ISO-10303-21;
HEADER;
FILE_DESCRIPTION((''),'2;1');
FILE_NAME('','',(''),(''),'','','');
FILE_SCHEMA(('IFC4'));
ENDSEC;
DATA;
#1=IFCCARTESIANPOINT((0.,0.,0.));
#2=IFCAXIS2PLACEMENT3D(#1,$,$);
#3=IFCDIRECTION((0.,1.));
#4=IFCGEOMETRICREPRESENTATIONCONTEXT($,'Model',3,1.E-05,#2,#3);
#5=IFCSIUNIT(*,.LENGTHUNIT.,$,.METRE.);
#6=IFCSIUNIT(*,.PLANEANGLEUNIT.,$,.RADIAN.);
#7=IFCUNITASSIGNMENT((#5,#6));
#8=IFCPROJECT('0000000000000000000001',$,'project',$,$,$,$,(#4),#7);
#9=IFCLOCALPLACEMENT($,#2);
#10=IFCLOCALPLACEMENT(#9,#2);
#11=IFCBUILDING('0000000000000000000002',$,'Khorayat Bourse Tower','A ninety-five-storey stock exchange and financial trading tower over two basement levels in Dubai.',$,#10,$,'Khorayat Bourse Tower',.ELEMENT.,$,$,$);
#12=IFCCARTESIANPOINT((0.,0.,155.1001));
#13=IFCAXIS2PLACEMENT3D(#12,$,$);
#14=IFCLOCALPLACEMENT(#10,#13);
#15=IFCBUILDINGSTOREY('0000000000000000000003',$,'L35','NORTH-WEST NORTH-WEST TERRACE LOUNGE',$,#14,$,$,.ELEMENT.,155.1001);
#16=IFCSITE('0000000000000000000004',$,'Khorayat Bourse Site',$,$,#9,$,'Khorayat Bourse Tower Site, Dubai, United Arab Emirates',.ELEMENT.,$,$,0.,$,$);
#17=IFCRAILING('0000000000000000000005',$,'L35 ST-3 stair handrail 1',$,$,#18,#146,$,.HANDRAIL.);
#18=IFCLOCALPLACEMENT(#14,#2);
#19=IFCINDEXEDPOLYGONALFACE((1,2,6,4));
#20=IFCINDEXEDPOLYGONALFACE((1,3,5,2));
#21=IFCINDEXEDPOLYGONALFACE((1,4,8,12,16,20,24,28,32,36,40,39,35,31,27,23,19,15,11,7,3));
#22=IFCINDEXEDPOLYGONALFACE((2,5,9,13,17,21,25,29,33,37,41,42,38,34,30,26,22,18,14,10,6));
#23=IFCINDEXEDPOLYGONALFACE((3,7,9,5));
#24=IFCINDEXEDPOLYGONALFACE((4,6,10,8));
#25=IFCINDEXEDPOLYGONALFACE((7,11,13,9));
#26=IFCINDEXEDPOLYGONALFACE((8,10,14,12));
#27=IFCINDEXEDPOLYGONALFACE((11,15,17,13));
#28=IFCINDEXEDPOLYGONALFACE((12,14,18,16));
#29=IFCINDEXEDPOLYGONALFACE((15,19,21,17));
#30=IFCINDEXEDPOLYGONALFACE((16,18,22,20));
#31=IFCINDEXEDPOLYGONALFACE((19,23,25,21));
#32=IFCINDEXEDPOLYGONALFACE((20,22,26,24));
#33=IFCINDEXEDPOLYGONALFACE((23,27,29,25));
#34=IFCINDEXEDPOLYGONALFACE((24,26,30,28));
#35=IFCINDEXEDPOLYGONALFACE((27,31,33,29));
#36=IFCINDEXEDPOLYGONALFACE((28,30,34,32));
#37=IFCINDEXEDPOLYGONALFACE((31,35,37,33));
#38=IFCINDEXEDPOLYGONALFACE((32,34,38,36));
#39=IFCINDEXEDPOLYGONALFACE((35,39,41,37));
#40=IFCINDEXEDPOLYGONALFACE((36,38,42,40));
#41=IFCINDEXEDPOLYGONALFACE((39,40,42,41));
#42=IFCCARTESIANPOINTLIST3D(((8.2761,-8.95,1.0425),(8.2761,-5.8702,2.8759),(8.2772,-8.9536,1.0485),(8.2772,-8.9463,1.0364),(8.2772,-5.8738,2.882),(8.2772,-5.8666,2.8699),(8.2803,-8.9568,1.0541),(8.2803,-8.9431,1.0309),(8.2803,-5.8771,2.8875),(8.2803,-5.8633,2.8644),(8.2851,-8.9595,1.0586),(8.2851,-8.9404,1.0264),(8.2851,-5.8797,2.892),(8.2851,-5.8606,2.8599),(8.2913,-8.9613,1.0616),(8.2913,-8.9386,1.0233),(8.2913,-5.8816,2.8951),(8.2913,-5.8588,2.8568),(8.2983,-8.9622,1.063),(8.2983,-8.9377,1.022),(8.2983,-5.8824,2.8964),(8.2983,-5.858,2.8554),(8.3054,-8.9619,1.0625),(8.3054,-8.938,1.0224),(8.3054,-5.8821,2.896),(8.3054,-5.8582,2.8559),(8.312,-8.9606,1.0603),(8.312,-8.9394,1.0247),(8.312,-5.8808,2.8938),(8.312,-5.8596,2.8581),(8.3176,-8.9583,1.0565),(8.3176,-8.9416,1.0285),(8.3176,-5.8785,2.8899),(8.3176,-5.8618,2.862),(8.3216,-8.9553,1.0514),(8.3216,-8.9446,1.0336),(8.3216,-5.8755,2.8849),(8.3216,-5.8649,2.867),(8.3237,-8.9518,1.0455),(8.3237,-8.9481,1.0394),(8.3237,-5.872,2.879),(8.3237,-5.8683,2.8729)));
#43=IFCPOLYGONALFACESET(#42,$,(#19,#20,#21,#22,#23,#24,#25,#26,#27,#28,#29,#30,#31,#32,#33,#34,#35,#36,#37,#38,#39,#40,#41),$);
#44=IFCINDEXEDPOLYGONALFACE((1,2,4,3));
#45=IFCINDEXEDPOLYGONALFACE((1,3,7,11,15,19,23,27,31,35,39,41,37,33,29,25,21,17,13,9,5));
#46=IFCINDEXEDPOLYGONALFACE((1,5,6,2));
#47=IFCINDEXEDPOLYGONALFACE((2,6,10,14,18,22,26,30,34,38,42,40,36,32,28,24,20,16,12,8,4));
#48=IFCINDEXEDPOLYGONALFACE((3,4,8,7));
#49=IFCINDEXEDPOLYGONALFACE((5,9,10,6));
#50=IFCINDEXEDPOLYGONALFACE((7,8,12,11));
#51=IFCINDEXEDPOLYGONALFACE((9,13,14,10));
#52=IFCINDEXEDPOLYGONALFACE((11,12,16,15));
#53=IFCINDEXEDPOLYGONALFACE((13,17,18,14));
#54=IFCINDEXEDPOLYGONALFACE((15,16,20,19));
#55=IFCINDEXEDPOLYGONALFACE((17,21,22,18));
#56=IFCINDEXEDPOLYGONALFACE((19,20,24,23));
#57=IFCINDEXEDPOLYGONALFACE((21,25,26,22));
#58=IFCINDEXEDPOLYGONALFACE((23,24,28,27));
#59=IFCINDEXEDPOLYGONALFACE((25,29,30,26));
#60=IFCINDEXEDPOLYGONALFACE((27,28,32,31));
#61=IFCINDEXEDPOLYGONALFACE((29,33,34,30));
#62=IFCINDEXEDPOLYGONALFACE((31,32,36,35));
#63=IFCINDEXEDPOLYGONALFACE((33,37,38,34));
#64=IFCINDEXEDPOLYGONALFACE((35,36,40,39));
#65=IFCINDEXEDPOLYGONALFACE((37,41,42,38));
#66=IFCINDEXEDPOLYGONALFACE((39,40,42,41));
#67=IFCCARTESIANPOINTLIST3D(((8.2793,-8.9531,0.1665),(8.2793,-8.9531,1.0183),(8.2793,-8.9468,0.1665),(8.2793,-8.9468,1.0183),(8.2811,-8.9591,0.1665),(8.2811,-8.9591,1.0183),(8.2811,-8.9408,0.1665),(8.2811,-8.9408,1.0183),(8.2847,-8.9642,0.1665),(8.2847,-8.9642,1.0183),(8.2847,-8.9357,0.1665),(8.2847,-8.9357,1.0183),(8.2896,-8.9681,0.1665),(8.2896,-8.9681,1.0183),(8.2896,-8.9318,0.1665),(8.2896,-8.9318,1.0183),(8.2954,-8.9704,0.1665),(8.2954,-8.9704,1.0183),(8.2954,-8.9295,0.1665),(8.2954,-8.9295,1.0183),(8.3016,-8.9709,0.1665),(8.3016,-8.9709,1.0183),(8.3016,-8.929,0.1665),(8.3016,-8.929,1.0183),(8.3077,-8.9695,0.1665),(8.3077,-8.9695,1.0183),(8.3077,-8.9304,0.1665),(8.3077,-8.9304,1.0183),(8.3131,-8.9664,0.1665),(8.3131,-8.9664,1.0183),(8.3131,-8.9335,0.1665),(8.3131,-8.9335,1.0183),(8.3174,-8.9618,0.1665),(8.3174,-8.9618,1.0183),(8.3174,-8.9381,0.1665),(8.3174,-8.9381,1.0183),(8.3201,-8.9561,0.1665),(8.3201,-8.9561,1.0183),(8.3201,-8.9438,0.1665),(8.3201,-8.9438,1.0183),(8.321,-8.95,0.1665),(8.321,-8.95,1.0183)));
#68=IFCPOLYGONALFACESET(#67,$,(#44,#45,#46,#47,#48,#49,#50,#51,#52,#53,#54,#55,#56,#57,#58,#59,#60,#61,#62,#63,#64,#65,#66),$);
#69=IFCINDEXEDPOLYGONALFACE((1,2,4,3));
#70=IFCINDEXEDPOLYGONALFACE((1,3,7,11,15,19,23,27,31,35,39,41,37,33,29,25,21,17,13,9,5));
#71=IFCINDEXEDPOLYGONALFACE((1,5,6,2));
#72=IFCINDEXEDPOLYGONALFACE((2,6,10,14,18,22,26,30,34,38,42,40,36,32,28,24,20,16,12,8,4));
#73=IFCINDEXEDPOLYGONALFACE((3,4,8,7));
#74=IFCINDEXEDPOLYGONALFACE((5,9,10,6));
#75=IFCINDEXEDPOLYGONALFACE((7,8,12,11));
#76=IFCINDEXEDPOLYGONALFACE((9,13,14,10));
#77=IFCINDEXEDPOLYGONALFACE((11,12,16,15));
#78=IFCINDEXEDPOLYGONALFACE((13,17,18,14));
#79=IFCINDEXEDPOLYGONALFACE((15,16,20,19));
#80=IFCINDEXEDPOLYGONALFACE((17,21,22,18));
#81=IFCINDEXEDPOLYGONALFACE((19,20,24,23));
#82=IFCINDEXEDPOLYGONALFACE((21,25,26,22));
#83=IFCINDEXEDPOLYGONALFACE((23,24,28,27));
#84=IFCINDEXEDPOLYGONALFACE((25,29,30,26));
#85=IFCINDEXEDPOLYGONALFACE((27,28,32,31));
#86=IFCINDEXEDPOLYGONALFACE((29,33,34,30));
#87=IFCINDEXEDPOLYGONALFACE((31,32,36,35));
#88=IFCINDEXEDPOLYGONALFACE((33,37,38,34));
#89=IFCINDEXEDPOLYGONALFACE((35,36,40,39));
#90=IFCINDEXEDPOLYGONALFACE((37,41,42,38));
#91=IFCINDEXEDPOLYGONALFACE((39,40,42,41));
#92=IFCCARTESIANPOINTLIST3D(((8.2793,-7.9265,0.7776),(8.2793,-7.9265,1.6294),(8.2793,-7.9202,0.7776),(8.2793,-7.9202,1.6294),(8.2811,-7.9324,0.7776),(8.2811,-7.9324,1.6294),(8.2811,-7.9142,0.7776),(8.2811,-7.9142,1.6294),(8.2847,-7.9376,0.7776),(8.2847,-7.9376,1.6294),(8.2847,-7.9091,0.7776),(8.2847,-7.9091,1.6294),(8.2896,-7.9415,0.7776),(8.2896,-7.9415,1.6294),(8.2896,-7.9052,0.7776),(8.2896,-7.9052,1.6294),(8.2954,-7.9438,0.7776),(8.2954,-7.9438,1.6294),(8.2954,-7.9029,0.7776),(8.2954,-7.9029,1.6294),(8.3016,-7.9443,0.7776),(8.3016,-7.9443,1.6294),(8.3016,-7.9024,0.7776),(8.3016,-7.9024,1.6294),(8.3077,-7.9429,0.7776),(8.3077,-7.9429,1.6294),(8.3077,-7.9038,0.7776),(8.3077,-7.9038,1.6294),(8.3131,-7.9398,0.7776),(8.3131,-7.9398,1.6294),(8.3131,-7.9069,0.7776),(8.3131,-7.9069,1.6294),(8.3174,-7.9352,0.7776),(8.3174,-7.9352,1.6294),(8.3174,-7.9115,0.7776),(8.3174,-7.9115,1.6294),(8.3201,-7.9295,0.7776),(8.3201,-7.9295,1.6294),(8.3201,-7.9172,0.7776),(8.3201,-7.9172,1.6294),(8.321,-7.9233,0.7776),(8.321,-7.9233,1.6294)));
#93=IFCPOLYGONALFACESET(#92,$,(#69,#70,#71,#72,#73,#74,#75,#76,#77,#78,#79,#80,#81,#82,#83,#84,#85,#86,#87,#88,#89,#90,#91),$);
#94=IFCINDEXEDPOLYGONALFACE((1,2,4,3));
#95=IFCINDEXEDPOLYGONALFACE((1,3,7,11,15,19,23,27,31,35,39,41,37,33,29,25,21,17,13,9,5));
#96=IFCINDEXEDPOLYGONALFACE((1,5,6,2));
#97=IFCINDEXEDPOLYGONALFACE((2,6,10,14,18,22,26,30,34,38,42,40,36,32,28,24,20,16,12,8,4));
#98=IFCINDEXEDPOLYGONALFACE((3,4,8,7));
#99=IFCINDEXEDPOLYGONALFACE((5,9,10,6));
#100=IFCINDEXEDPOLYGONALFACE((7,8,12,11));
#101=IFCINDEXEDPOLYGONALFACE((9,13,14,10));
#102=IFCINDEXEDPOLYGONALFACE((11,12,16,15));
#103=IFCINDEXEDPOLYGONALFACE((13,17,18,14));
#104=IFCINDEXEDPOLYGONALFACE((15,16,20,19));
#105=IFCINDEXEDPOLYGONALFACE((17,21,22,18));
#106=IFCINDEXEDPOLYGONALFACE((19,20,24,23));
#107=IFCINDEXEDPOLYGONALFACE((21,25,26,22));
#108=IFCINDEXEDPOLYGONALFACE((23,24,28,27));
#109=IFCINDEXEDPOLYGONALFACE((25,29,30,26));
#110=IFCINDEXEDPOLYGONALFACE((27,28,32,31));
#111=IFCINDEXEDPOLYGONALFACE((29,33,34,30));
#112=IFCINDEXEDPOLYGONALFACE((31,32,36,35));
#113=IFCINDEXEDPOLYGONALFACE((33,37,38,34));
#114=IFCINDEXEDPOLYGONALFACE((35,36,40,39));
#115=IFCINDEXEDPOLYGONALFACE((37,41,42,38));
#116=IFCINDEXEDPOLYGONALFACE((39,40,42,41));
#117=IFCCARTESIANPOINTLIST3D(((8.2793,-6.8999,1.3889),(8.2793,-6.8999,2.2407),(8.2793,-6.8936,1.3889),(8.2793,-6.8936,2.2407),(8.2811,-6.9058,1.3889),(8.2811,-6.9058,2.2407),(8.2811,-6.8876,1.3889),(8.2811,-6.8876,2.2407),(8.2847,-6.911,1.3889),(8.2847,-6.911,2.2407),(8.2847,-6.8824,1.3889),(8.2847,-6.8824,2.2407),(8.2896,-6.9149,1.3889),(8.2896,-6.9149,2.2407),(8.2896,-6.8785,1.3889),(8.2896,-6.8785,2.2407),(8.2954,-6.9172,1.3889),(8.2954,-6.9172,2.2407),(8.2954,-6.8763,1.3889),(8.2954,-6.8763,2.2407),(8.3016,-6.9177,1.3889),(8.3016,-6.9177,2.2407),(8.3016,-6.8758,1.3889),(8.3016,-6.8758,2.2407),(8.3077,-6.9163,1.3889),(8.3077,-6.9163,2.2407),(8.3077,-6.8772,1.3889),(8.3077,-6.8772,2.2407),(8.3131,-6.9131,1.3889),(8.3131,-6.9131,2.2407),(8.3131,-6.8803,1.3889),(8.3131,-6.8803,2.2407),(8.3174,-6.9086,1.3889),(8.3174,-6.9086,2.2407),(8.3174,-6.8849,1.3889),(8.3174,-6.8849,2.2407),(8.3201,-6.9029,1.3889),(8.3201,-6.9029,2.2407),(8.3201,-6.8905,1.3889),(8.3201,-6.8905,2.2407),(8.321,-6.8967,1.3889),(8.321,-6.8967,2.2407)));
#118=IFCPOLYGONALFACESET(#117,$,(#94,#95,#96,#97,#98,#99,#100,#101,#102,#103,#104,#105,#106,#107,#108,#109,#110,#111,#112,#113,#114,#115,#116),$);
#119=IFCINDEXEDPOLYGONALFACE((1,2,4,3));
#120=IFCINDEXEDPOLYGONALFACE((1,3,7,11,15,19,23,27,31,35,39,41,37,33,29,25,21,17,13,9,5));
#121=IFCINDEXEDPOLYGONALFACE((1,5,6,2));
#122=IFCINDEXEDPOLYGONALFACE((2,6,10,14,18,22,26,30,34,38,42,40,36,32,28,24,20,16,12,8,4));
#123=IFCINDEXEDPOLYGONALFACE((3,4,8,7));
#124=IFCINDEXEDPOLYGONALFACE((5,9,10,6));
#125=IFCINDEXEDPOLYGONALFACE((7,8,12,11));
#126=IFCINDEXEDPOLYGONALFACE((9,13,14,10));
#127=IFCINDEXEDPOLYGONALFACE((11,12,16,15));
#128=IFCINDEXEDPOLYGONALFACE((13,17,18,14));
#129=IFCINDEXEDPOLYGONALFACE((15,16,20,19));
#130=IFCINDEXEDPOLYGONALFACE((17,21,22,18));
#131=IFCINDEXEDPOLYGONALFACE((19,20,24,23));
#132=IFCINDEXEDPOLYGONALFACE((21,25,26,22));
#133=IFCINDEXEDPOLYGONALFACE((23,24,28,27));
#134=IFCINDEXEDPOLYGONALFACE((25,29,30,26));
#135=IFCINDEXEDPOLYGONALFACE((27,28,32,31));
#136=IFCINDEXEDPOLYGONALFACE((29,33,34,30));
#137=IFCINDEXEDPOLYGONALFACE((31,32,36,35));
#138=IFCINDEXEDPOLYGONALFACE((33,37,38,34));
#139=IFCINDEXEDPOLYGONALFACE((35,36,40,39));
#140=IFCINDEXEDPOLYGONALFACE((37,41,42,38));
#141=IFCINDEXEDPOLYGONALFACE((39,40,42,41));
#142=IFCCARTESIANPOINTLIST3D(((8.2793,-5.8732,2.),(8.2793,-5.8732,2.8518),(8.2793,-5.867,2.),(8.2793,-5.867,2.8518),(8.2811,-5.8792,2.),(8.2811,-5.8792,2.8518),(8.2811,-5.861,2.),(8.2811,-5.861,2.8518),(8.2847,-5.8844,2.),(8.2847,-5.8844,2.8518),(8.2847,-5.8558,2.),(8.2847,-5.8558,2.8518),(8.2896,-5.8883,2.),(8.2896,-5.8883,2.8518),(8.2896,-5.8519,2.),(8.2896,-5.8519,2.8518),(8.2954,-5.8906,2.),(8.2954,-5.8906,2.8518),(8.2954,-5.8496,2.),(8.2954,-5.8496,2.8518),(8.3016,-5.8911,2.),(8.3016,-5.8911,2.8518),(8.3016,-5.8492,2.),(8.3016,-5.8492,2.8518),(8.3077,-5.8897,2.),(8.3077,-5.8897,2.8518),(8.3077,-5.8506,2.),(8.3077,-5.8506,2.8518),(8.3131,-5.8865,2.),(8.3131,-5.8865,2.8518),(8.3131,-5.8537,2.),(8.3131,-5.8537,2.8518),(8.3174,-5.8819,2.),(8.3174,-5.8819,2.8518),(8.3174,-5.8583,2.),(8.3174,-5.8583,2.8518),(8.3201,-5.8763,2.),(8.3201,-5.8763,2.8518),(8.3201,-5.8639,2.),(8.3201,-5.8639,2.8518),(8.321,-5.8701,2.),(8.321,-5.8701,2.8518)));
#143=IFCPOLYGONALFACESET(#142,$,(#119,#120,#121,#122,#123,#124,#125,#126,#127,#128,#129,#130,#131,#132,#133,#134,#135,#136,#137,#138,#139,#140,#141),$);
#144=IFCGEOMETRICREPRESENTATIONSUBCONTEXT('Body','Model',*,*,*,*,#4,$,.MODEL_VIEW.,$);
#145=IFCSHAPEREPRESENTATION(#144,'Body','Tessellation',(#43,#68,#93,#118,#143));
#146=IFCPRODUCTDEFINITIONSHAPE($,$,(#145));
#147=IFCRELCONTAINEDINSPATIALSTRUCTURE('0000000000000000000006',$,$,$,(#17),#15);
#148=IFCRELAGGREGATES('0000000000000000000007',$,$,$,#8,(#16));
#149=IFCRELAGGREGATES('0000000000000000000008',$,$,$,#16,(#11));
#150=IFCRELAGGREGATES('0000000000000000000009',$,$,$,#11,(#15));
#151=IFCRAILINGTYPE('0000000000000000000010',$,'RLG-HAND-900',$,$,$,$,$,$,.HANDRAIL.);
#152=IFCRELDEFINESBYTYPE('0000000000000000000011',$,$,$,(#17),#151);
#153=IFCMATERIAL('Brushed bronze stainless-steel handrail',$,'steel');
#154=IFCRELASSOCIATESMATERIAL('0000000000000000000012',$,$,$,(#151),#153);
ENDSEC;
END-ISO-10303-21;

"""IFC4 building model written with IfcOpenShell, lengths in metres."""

from ifc_helpers import new_model, si_unit, direction, frame, origin, origin_2d, place, context, subcontext, project, spatial, circle, extrude, source, transform, mapped, material, type_object, element, save


model = new_model("IFC4")

# Units and contexts
model_context = context("Model", 3, precision=1e-05, world=origin(), true_north=direction((0.0, 1.0)))
body_context = subcontext(model_context, "Body", "Model", "MODEL_VIEW")
ifc_project = project(units=[si_unit("LENGTHUNIT", "METRE"), si_unit("PLANEANGLEUNIT", "RADIAN")], contexts=[model_context])

# Site, building, storey
site_placement = place(None, origin())
site = spatial("IfcSite", under=ifc_project, at=site_placement, Name="Khorayat Bourse Site", LongName="Khorayat Bourse Tower Site, Dubai, United Arab Emirates", CompositionType="ELEMENT", RefElevation=0.0)
building_placement = place(site_placement, origin())
building = spatial("IfcBuilding", under=site, at=building_placement, Name="Khorayat Bourse Tower", Description="A ninety-five-storey stock exchange and financial trading tower over two basement levels in Dubai.", LongName="Khorayat Bourse Tower", CompositionType="ELEMENT")
storey_placement = place(building_placement, frame((0.0, 0.0, 155.1001)))
storey = spatial("IfcBuildingStorey", under=building, at=storey_placement, Name="L35", Description="NORTH-WEST NORTH-WEST TERRACE LOUNGE", CompositionType="ELEMENT", Elevation=155.1001)

# Railing
ifc_material_1 = material(Name="Brushed bronze stainless-steel handrail", Category="steel")
railing_type_1 = type_object("IfcRailingType", Name="RLG-HAND-900", PredefinedType="HANDRAIL", material=ifc_material_1)
shared_shape_1 = source(origin(), body_context, "Body", "SweptSolid", [
    extrude(circle(Radius=0.0239, at=origin_2d()), frame((0.0, 0.0, 0.876), z_axis=(0.0, 0.859261, 0.511538), x_axis=(-1.0, 0.0, 0.0)), (0.0, 0.0, 1.0), 3.5842),
    extrude(circle(Radius=0.021, at=origin_2d()), origin(), (0.0, 0.0, 1.0), 0.8518),
    extrude(circle(Radius=0.021, at=origin_2d()), frame((0.0, 1.0266, 0.6111)), (0.0, 0.0, 1.0), 0.8518),
    extrude(circle(Radius=0.021, at=origin_2d()), frame((0.0, 2.0532, 1.2224)), (0.0, 0.0, 1.0), 0.8518),
    extrude(circle(Radius=0.021, at=origin_2d()), frame((0.0, 3.0798, 1.8335)), (0.0, 0.0, 1.0), 0.8518),
])
railing_1_placement = place(storey_placement, frame((8.3, -8.95, 0.1665)))
element("IfcRailing", 1, at=railing_1_placement, inside=storey, type_object=railing_type_1, Name="L35 ST-3 stair handrail 1", PredefinedType="HANDRAIL", context=body_context, shape_type="MappedRepresentation", body=[
    mapped(shared_shape_1, transform((0.0, 0.0, 0.0), scale=1.0)),
])

save(model, "model.ifc")
